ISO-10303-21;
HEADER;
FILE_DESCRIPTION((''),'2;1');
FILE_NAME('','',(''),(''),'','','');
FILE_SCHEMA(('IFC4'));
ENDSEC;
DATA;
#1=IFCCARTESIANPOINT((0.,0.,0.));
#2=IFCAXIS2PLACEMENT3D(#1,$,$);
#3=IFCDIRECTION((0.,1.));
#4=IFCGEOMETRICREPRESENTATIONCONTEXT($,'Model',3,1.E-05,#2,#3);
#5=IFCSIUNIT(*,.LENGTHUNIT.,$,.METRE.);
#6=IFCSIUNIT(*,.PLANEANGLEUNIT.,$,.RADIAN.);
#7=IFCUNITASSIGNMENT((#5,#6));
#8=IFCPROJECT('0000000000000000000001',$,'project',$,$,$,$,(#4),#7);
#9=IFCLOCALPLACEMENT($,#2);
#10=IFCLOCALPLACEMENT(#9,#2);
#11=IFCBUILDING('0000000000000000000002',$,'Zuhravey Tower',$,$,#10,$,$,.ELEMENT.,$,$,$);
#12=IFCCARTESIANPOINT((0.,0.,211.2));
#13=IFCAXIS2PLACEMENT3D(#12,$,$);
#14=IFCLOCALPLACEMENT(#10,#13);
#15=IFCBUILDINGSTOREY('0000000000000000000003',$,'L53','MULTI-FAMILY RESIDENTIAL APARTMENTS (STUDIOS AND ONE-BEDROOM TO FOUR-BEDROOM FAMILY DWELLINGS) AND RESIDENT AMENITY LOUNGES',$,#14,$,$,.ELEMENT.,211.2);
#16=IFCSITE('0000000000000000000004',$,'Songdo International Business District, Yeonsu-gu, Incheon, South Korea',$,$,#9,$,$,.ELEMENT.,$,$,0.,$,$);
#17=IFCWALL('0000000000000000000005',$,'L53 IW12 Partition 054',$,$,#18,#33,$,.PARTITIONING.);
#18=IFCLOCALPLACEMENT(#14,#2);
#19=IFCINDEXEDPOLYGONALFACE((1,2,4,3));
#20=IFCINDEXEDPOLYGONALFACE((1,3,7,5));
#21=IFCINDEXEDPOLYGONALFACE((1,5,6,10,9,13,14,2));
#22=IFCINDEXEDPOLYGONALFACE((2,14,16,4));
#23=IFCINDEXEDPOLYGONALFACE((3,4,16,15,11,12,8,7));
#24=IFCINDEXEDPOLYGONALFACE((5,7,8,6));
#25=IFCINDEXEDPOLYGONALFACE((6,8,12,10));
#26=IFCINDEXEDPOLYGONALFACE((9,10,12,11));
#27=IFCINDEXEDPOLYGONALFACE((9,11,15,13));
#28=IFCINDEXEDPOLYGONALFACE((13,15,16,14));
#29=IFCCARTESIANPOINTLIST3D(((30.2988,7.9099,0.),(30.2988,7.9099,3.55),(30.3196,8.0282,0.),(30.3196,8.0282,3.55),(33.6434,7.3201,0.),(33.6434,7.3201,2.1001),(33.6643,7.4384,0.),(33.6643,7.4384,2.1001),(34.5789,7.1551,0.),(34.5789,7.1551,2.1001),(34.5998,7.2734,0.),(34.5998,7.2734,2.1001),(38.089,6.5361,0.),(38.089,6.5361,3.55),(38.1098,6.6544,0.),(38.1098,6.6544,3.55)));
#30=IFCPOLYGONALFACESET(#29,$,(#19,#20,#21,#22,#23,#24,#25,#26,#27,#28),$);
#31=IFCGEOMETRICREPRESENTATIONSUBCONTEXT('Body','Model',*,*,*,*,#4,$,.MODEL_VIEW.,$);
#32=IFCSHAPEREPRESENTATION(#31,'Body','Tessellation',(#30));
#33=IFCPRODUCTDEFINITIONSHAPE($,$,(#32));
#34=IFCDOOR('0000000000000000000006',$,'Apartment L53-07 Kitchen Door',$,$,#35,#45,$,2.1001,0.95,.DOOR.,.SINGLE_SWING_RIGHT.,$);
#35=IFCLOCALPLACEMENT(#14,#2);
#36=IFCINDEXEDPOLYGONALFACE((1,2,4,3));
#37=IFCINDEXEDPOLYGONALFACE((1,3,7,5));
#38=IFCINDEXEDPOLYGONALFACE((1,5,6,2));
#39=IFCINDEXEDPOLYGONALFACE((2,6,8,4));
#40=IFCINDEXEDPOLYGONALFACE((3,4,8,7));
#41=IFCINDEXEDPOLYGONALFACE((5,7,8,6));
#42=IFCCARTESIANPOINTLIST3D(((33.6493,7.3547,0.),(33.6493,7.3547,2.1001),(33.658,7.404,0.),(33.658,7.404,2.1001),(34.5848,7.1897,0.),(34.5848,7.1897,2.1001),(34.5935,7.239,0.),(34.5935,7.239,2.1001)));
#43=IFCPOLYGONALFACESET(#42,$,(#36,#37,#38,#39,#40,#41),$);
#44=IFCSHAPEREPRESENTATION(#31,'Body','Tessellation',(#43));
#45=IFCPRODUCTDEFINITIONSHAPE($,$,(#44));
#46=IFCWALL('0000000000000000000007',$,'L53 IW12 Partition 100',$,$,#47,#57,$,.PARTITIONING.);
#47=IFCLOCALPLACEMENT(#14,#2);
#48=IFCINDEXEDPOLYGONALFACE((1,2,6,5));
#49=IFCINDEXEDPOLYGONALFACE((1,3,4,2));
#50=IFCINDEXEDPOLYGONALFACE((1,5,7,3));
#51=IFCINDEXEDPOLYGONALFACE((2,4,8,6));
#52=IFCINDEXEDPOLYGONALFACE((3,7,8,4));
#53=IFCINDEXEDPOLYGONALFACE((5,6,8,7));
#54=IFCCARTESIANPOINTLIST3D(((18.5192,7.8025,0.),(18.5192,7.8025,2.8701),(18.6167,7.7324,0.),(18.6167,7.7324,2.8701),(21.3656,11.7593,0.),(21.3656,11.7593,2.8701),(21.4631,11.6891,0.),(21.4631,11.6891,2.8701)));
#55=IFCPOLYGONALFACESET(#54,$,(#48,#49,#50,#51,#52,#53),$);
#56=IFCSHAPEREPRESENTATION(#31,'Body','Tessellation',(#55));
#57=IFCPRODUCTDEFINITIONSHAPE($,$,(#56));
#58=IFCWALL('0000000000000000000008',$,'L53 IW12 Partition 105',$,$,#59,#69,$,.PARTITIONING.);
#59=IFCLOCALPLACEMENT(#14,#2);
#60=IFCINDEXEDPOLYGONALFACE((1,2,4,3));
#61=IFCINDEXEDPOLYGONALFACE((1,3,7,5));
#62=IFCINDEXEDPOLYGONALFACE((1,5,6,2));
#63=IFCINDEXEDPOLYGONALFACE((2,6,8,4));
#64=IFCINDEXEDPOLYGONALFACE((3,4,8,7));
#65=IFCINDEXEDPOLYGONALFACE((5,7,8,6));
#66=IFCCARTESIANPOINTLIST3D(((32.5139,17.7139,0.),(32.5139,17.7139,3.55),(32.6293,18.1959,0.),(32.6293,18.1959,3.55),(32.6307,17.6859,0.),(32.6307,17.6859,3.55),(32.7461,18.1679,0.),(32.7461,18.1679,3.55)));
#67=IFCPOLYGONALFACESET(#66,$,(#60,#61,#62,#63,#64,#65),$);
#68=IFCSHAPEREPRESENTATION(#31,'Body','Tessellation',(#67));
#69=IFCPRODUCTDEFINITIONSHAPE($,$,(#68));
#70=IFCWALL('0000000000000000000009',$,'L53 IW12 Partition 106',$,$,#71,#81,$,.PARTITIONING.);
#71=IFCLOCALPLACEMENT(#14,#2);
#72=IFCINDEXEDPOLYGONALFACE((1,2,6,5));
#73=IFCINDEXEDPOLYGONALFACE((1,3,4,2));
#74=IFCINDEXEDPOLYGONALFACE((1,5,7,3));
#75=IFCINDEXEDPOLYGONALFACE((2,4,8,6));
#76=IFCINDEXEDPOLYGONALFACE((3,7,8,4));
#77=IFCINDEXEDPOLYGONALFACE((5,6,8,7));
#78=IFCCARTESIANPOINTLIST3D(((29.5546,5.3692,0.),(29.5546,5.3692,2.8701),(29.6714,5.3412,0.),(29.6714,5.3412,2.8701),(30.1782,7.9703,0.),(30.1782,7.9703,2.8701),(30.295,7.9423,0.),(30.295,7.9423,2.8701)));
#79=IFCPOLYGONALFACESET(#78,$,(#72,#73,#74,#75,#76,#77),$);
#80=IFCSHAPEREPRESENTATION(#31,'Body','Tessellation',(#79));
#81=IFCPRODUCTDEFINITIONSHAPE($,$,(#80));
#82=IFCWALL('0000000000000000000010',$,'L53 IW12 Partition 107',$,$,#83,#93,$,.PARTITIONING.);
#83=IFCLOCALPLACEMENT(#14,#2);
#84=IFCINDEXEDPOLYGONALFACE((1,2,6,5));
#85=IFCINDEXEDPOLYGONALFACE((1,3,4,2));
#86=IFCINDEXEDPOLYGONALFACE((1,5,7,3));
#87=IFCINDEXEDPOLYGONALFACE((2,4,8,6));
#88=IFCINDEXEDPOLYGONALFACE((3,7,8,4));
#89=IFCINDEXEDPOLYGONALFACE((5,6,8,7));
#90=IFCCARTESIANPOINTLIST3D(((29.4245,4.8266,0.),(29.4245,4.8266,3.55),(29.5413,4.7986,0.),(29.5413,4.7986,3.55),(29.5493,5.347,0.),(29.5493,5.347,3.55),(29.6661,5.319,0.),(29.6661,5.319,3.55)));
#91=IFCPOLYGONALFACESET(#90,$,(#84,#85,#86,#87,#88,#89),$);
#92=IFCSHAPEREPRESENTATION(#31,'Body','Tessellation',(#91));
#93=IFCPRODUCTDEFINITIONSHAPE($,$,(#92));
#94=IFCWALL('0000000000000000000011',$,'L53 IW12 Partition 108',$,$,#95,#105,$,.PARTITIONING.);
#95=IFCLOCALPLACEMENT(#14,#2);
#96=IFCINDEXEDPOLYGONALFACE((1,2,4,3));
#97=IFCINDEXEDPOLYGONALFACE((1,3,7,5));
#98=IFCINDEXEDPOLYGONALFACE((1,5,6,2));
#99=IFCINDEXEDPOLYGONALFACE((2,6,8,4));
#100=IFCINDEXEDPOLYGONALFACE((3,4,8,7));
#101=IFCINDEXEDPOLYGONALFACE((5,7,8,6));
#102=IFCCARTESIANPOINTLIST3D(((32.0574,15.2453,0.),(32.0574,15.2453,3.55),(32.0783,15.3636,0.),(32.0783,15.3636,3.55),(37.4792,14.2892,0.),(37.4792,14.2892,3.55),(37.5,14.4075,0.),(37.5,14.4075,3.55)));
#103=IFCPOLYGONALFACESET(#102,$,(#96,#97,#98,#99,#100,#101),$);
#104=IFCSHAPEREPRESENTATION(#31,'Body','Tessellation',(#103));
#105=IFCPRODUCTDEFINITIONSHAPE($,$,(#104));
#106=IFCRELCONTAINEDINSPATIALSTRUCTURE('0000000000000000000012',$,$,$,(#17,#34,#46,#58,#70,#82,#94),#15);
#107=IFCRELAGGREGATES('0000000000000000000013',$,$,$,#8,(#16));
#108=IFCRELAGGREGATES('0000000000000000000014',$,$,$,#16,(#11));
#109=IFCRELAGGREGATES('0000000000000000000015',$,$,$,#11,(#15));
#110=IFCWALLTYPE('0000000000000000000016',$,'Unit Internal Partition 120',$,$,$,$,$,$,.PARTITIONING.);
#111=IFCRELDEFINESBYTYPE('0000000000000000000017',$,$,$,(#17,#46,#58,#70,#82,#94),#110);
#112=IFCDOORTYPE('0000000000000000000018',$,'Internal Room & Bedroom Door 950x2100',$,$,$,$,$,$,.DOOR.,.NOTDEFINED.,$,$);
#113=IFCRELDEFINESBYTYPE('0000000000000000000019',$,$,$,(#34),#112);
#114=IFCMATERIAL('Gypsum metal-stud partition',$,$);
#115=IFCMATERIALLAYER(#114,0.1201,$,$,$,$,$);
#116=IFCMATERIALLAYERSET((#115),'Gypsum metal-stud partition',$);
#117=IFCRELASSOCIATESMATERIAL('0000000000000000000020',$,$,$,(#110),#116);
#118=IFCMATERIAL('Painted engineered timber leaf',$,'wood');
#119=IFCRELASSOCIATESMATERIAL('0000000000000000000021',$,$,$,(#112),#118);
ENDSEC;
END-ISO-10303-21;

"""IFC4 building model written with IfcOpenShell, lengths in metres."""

from ifc_helpers import new_model, si_unit, direction, frame, frame_2d, origin, place, context, subcontext, project, spatial, rectangle, extrude, material, layer, layer_set, type_object, element, fill, save


model = new_model("IFC4")

# Units and contexts
model_context = context("Model", 3, precision=1e-05, world=origin(), true_north=direction((0.0, 1.0)))
body_context = subcontext(model_context, "Body", "Model", "MODEL_VIEW")
ifc_project = project(units=[si_unit("LENGTHUNIT", "METRE"), si_unit("PLANEANGLEUNIT", "RADIAN")], contexts=[model_context])

# Site, building, storey
site_placement = place(None, origin())
site = spatial("IfcSite", under=ifc_project, at=site_placement, Name="Songdo International Business District, Yeonsu-gu, Incheon, South Korea", CompositionType="ELEMENT", RefElevation=0.0)
building_placement = place(site_placement, origin())
building = spatial("IfcBuilding", under=site, at=building_placement, Name="Zuhravey Tower", CompositionType="ELEMENT")
storey_placement = place(building_placement, frame((0.0, 0.0, 211.2)))
storey = spatial("IfcBuildingStorey", under=building, at=storey_placement, Name="L53", Description="MULTI-FAMILY RESIDENTIAL APARTMENTS (STUDIOS AND ONE-BEDROOM TO FOUR-BEDROOM FAMILY DWELLINGS) AND RESIDENT AMENITY LOUNGES", CompositionType="ELEMENT", Elevation=211.2)

# Wall, opening, door
ifc_material_1 = material(Name="Gypsum metal-stud partition")
ifc_layer_1 = layer(ifc_material_1, 0.1201)
ifc_layer_set_1 = layer_set([ifc_layer_1], Name="Gypsum metal-stud partition")
wall_type_1 = type_object("IfcWallType", Name="Unit Internal Partition 120", PredefinedType="PARTITIONING", material=ifc_layer_set_1)
ifc_material_2 = material(Name="Painted engineered timber leaf", Category="wood")
door_type_1 = type_object("IfcDoorType", Name="Internal Room & Bedroom Door 950x2100", OperationType="NOTDEFINED", PredefinedType="DOOR", material=ifc_material_2)
wall_1_placement = place(storey_placement, frame((30.3093, 7.969, 0.0), z_axis=(0.0, 0.0, 1.0), x_axis=(0.984805, -0.173666, 0.0)))
wall_1 = element("IfcWall", 1, at=wall_1_placement, inside=storey, type_object=wall_type_1, Name="L53 IW12 Partition 054", PredefinedType="PARTITIONING", context=body_context, shape_type="SweptSolid", body=[
    extrude(rectangle(XDim=7.9104, YDim=0.1201, at=frame_2d((3.9551, 0.0))), origin(), (0.0, 0.0, 1.0), 3.55),
])
opening_1_placement = place(wall_1_placement, frame((3.396, 0.0, 0.0)))
opening_1 = element("IfcOpeningElement", 2, at=opening_1_placement, cuts=wall_1, PredefinedType="OPENING", context=body_context, shape_type="SweptSolid", body=[
    extrude(rectangle(XDim=0.95, YDim=2.1001, at=frame_2d((0.4751, 1.05))), frame((0.0, 0.072, 0.0), z_axis=(0.0, -1.0, 0.0), x_axis=(1.0, 0.0, 0.0)), (0.0, 0.0, 1.0), 0.144),
])
door_1_placement = place(opening_1_placement, frame((0.95, 0.0, 0.0), z_axis=(0.0, 0.0, 1.0), x_axis=(-1.0, 0.0, 0.0)))
door_1 = element("IfcDoor", 3, at=door_1_placement, inside=storey, type_object=door_type_1, Name="Apartment L53-07 Kitchen Door", OperationType="SINGLE_SWING_RIGHT", OverallHeight=2.1001, OverallWidth=0.95, PredefinedType="DOOR", context=body_context, shape_type="SweptSolid", body=[
    extrude(rectangle(XDim=0.95, YDim=2.1001, at=frame_2d((0.4751, 1.05))), frame((0.0, 0.0249, 0.0), z_axis=(0.0, -1.0, 0.0), x_axis=(1.0, 0.0, 0.0)), (0.0, 0.0, 1.0), 0.05),
])
fill(opening_1, door_1)

# Walls
wall_2_placement = place(storey_placement, frame((21.4143, 11.7241, 0.0), z_axis=(0.0, 0.0, 1.0), x_axis=(-0.583973, -0.811773, 0.0)))
element("IfcWall", 4, at=wall_2_placement, inside=storey, type_object=wall_type_1, Name="L53 IW12 Partition 100", PredefinedType="PARTITIONING", context=body_context, shape_type="SweptSolid", body=[
    extrude(rectangle(XDim=4.8743, YDim=0.1201, at=frame_2d((2.437, 0.0))), origin(), (0.0, 0.0, 1.0), 2.8701),
])
wall_3_placement = place(storey_placement, frame((32.6877, 18.1819, 0.0), z_axis=(0.0, 0.0, 1.0), x_axis=(-0.233019, -0.972472, 0.0)))
element("IfcWall", 5, at=wall_3_placement, inside=storey, type_object=wall_type_1, Name="L53 IW12 Partition 105", PredefinedType="PARTITIONING", context=body_context, shape_type="SweptSolid", body=[
    extrude(rectangle(XDim=0.4956, YDim=0.1201, at=frame_2d((0.2478, 0.0))), origin(), (0.0, 0.0, 1.0), 3.55),
])
wall_4_placement = place(storey_placement, frame((30.2366, 7.9563, 0.0), z_axis=(0.0, 0.0, 1.0), x_axis=(-0.233117, -0.972449, 0.0)))
element("IfcWall", 6, at=wall_4_placement, inside=storey, type_object=wall_type_1, Name="L53 IW12 Partition 106", PredefinedType="PARTITIONING", context=body_context, shape_type="SweptSolid", body=[
    extrude(rectangle(XDim=2.6748, YDim=0.1201, at=frame_2d((1.3374, 0.0))), origin(), (0.0, 0.0, 1.0), 2.8701),
])
wall_5_placement = place(storey_placement, frame((29.6077, 5.333, 0.0), z_axis=(0.0, 0.0, 1.0), x_axis=(-0.23308, -0.972458, 0.0)))
element("IfcWall", 7, at=wall_5_placement, inside=storey, type_object=wall_type_1, Name="L53 IW12 Partition 107", PredefinedType="PARTITIONING", context=body_context, shape_type="SweptSolid", body=[
    extrude(rectangle(XDim=0.5352, YDim=0.1201, at=frame_2d((0.2676, 0.0))), origin(), (0.0, 0.0, 1.0), 3.55),
])
wall_6_placement = place(storey_placement, frame((32.0679, 15.3044, 0.0), z_axis=(0.0, 0.0, 1.0), x_axis=(0.984805, -0.173661, 0.0)))
element("IfcWall", 8, at=wall_6_placement, inside=storey, type_object=wall_type_1, Name="L53 IW12 Partition 108", PredefinedType="PARTITIONING", context=body_context, shape_type="SweptSolid", body=[
    extrude(rectangle(XDim=5.5054, YDim=0.1201, at=frame_2d((2.7527, 0.0))), origin(), (0.0, 0.0, 1.0), 3.55),
])

save(model, "model.ifc")
